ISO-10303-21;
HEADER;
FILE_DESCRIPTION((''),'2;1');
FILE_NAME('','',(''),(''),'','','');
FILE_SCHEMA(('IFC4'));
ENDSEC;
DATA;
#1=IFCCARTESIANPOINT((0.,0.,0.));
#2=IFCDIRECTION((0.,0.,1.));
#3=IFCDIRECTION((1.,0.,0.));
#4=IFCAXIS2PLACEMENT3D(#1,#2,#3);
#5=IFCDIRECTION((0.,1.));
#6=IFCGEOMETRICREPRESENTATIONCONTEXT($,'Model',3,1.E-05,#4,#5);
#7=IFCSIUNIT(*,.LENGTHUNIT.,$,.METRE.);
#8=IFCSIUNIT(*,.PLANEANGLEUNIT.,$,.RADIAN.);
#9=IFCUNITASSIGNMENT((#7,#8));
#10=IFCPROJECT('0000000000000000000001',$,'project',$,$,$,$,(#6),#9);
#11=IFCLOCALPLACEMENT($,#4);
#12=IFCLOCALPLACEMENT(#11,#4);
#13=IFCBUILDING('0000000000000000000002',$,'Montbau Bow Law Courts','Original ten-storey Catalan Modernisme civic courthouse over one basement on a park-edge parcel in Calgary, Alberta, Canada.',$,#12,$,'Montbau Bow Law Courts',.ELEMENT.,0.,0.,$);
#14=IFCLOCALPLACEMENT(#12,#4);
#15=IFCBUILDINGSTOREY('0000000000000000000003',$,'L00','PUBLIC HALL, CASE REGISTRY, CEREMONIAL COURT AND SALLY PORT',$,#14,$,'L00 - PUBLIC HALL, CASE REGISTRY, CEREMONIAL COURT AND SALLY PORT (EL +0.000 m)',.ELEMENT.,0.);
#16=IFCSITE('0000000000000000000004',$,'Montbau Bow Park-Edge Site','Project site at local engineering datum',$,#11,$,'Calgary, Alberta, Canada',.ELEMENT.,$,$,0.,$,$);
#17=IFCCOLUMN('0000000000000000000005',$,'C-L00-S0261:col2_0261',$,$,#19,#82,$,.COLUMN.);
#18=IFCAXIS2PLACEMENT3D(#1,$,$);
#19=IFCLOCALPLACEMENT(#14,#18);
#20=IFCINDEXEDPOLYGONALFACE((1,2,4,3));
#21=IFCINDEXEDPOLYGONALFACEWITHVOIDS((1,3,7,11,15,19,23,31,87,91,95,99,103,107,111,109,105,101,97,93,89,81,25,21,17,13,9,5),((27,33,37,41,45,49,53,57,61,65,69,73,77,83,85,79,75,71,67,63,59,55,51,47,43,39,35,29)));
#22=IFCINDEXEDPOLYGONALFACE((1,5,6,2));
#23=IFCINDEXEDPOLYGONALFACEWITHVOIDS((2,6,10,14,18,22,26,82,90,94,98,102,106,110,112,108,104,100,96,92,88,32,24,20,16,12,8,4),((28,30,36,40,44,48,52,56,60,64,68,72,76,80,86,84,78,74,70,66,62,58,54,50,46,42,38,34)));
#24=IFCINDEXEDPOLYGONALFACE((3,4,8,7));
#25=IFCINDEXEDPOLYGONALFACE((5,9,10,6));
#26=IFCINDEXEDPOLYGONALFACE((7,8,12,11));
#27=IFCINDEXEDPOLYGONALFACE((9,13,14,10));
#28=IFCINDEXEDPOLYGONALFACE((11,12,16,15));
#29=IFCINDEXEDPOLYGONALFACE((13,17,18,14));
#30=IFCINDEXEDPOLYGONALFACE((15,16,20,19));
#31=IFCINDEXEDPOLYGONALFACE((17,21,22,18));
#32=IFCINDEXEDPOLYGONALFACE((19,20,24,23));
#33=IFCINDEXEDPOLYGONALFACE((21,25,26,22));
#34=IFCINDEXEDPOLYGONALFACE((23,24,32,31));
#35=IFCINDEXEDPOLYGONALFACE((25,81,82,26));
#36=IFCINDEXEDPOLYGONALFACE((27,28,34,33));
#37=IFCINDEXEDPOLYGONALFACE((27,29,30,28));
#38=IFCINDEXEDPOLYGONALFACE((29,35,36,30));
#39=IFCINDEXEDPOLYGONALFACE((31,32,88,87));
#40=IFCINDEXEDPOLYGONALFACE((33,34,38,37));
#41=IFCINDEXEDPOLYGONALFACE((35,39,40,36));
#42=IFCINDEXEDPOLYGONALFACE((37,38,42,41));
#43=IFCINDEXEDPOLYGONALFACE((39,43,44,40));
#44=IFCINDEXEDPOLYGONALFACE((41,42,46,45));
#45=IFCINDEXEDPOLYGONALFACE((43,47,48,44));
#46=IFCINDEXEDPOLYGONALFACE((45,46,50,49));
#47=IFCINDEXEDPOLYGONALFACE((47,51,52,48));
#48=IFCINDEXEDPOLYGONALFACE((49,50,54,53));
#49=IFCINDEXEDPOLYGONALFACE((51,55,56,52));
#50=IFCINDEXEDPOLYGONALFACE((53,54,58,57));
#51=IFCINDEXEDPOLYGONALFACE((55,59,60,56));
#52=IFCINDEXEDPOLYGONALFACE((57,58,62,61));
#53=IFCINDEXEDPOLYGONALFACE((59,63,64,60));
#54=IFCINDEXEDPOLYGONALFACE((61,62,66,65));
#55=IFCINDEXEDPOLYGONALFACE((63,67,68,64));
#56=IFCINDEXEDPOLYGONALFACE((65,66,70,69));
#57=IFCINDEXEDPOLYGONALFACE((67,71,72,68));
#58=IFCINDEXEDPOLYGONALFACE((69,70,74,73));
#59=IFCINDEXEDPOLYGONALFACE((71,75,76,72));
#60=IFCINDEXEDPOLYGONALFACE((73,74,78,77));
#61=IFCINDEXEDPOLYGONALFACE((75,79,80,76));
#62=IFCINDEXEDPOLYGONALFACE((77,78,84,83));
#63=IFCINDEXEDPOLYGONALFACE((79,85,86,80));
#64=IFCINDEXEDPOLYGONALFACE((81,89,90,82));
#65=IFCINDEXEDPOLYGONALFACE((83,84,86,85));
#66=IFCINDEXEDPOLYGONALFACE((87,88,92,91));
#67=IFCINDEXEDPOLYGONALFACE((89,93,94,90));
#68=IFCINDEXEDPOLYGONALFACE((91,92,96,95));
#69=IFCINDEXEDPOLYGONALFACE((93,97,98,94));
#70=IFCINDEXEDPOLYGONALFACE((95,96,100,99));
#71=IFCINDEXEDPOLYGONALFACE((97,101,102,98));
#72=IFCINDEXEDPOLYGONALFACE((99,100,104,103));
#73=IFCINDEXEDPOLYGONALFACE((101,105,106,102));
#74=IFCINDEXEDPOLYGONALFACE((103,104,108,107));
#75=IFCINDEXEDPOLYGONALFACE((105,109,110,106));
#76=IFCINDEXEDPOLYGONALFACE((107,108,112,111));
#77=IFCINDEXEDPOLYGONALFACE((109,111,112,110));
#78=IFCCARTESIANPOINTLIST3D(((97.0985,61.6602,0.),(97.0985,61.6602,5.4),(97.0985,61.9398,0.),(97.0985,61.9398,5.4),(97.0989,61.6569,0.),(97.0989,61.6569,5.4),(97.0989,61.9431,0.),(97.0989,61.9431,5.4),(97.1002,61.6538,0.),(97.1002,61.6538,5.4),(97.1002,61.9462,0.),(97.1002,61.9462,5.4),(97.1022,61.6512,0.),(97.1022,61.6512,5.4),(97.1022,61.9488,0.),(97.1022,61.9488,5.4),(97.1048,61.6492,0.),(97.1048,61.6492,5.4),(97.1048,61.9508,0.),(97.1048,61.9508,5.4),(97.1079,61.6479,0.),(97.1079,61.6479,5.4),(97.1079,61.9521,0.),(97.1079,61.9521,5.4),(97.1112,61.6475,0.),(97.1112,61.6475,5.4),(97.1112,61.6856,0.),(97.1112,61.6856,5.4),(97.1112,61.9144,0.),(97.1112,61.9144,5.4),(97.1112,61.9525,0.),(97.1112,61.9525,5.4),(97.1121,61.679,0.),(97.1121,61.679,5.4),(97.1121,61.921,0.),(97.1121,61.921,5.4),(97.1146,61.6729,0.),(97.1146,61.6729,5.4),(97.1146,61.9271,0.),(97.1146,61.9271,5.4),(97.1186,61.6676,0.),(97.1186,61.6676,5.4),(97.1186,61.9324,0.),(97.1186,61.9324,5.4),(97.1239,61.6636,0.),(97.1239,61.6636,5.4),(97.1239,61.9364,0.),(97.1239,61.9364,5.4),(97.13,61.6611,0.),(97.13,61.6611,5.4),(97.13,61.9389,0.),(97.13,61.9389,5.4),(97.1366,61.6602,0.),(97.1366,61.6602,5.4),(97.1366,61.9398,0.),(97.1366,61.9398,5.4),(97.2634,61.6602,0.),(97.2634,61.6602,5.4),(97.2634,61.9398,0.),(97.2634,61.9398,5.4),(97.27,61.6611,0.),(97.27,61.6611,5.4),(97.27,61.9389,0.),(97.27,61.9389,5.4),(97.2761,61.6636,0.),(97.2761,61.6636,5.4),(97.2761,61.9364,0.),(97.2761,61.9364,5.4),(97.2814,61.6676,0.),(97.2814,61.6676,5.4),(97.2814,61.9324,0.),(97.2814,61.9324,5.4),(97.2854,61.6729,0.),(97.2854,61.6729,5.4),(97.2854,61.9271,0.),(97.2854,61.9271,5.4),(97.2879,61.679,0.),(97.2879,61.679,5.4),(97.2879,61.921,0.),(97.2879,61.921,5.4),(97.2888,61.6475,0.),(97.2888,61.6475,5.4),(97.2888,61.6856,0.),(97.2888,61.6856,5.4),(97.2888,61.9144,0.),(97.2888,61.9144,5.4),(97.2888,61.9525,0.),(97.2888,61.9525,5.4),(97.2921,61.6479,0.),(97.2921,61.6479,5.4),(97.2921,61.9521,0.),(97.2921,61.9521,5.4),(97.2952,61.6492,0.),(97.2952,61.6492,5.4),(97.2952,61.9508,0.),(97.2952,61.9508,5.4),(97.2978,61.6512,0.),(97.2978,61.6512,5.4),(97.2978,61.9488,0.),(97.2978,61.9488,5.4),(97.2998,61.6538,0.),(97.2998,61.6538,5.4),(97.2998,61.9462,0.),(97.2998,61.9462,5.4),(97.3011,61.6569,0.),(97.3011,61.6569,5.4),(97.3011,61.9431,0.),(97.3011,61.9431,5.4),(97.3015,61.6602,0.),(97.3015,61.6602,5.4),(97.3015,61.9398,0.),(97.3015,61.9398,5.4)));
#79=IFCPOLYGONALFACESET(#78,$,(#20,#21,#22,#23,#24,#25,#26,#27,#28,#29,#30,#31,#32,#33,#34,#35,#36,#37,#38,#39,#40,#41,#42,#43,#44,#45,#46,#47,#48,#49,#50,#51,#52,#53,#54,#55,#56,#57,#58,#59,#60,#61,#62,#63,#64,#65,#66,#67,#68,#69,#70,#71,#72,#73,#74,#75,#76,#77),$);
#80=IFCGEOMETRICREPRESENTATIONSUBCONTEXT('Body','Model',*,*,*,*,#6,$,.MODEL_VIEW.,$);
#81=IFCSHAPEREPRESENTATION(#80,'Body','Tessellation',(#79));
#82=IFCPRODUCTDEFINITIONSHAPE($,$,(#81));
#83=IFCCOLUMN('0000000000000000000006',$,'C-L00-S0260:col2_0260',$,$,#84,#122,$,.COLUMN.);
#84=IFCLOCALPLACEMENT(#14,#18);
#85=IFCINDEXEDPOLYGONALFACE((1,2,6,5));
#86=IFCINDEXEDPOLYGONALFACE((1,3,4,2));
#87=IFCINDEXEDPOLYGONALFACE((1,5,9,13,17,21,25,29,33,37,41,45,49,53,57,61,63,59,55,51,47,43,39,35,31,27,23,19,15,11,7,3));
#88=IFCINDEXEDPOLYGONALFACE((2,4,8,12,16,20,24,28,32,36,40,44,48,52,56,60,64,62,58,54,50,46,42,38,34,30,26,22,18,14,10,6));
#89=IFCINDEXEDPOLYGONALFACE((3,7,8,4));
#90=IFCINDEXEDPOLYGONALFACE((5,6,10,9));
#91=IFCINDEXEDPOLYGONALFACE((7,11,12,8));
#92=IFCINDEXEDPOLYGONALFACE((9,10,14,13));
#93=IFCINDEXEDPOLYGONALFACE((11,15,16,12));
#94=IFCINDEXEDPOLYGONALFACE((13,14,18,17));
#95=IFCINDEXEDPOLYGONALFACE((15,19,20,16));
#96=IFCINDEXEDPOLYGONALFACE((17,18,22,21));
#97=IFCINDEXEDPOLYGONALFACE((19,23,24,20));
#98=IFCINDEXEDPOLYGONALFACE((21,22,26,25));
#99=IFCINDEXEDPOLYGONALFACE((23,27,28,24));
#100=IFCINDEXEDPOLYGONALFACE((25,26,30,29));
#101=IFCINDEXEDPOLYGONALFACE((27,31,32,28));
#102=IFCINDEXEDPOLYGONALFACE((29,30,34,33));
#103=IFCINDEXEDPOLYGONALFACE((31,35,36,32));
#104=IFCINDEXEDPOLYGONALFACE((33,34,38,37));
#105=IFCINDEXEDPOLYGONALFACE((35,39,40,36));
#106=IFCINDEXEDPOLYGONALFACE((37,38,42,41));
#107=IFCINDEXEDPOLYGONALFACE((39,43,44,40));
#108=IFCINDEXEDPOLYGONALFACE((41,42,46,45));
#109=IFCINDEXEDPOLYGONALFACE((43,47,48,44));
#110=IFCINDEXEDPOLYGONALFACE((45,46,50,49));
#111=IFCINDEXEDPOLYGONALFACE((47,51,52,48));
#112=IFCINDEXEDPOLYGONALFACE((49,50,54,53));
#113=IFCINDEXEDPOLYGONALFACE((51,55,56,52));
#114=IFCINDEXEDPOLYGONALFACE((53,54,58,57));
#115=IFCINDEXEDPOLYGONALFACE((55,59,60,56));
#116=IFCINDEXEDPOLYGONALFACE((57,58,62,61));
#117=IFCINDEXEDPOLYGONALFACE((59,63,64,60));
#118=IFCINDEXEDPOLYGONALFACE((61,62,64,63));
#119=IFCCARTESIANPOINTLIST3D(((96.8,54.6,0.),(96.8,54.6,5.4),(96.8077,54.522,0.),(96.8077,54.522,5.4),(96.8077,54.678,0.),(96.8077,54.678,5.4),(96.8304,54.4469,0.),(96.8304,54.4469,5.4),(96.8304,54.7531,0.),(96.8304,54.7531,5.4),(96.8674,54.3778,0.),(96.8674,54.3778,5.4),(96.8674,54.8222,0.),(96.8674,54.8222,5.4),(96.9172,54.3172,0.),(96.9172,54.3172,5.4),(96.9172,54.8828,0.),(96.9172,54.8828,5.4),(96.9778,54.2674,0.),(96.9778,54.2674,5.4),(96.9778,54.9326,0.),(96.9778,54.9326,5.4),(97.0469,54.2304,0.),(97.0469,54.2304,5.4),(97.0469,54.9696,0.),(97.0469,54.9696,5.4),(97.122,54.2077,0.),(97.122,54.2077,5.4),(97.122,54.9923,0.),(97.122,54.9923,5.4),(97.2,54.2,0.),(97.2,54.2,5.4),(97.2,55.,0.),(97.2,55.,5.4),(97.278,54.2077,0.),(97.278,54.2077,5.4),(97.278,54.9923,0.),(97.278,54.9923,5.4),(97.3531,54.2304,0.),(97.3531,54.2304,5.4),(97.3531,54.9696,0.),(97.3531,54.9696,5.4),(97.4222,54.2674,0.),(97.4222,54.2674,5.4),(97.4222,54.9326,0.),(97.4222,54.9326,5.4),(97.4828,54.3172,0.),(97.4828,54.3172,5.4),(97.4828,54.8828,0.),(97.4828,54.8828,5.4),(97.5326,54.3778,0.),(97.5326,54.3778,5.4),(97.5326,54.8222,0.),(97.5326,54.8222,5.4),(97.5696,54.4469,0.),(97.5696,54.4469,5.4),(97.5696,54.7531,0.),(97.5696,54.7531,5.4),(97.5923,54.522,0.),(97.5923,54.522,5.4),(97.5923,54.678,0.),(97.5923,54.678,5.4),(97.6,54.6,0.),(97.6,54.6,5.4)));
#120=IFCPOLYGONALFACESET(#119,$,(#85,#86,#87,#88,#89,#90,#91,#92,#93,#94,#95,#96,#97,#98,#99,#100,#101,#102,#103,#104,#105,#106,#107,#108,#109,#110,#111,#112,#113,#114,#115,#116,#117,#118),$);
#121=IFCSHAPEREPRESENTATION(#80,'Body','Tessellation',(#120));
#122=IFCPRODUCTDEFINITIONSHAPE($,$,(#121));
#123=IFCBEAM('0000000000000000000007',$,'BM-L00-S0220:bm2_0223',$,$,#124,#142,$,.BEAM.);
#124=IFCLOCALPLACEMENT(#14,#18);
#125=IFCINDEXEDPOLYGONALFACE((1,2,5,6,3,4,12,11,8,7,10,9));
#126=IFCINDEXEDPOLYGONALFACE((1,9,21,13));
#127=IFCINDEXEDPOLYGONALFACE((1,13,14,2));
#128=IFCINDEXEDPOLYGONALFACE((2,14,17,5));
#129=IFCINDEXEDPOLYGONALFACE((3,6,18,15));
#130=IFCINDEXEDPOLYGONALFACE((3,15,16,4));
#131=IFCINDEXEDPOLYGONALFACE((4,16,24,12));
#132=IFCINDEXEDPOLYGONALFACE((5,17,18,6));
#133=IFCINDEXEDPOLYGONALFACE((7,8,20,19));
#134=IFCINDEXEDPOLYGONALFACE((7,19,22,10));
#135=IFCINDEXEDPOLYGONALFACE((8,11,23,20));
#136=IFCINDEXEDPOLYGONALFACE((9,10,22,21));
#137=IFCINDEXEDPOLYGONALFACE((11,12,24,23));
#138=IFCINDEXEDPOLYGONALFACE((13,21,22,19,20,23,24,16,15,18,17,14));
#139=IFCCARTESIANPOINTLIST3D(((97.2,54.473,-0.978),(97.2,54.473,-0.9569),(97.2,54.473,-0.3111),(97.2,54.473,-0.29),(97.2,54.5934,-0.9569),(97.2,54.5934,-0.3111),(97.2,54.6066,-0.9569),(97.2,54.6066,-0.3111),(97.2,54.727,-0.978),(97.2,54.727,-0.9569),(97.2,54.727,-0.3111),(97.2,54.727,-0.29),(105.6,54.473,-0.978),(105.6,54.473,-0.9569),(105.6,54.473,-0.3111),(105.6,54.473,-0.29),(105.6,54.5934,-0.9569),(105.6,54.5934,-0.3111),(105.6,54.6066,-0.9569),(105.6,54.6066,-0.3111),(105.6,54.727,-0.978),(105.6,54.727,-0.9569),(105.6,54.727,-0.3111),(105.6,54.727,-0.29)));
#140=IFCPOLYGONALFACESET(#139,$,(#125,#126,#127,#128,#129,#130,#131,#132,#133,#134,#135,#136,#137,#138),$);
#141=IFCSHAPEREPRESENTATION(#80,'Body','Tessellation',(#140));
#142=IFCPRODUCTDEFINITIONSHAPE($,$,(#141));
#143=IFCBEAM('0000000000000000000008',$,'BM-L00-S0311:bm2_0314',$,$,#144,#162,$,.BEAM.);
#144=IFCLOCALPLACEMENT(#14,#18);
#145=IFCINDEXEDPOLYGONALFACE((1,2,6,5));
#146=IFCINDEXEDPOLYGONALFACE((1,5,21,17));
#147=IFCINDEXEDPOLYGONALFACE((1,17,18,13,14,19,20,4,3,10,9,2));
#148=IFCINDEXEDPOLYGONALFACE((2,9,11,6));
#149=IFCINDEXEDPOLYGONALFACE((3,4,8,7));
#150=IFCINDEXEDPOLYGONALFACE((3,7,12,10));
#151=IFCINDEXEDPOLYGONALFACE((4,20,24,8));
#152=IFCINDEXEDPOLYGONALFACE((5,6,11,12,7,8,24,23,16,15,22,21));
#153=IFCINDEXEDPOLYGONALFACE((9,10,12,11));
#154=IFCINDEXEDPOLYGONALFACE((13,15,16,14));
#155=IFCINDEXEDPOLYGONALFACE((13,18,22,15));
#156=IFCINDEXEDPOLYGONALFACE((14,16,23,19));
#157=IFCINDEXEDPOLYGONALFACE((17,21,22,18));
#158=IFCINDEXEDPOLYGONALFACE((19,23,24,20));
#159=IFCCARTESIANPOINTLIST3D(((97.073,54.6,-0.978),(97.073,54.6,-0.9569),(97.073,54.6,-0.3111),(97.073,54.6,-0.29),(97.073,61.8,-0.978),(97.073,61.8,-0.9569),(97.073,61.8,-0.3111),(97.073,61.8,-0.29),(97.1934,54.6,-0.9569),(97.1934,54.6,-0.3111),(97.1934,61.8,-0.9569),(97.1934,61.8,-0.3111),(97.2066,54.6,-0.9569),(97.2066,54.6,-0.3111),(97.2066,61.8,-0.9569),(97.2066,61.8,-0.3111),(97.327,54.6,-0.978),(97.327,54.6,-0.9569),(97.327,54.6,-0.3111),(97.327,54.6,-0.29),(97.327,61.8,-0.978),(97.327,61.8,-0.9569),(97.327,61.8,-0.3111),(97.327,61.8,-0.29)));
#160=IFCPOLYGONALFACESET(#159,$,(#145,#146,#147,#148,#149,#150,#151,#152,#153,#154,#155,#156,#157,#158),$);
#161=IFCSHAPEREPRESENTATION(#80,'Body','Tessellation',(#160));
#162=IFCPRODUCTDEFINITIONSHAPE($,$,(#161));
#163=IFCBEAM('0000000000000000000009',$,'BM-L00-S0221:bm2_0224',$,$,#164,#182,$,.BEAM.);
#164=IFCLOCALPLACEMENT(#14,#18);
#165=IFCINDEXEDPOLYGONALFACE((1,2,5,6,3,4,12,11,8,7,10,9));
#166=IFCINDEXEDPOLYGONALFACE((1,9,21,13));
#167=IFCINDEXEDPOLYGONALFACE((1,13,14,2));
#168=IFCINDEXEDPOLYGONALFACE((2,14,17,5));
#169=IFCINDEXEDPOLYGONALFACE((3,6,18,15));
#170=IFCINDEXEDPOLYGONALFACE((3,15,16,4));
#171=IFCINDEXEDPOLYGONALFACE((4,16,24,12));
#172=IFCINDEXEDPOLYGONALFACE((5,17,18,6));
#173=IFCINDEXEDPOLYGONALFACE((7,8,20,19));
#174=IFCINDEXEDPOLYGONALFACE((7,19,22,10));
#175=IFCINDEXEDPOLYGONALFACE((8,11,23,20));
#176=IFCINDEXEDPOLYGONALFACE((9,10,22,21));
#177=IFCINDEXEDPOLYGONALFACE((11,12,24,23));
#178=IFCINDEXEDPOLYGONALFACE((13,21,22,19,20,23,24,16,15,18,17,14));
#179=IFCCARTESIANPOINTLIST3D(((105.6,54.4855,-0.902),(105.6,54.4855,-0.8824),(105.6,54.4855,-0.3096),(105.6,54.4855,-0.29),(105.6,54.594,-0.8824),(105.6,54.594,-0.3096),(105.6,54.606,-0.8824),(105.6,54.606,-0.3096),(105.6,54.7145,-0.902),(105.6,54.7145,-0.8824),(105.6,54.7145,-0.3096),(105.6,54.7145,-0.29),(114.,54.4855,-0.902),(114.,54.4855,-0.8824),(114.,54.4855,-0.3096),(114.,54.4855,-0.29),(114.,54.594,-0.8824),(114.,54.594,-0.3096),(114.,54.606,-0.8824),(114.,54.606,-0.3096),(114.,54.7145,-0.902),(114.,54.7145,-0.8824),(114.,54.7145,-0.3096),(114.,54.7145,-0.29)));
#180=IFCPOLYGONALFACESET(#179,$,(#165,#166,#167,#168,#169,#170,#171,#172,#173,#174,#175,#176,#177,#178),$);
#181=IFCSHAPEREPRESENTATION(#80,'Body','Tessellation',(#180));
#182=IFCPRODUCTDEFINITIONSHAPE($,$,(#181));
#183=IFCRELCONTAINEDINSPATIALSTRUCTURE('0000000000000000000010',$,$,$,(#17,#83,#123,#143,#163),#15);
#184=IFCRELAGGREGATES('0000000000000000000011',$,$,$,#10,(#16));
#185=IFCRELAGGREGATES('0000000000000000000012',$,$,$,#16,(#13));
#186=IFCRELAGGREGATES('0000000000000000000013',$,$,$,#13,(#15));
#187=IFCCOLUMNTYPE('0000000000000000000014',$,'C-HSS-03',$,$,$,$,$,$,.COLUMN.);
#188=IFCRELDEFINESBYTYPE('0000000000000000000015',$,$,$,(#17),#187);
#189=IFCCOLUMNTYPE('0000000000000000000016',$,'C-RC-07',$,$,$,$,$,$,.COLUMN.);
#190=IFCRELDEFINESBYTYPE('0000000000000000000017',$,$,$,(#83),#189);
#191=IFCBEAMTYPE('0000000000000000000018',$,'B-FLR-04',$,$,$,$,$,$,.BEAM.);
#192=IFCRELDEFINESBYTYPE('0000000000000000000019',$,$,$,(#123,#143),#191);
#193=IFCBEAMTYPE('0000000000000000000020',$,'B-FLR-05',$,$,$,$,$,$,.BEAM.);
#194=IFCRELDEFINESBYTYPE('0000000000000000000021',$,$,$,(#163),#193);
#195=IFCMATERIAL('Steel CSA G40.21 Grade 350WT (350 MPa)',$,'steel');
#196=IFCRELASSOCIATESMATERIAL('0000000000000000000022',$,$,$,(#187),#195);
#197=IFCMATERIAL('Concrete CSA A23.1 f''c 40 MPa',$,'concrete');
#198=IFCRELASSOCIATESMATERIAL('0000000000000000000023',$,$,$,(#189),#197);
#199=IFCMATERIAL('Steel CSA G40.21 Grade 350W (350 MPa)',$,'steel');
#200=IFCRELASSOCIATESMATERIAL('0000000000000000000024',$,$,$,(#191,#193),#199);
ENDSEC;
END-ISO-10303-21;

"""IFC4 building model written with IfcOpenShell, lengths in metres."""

from ifc_helpers import new_model, si_unit, direction, frame, origin_with_axes, origin_2d_with_axis, place, context, subcontext, project, spatial, hollow_rectangle, circle, i_section, extrude, material, material_profile, profile_set, type_object, element, save


model = new_model("IFC4")

# Units and contexts
model_context = context("Model", 3, precision=1e-05, world=origin_with_axes(), true_north=direction((0.0, 1.0)))
body_context = subcontext(model_context, "Body", "Model", "MODEL_VIEW")
ifc_project = project(units=[si_unit("LENGTHUNIT", "METRE"), si_unit("PLANEANGLEUNIT", "RADIAN")], contexts=[model_context])

# Site, building, storey
site_placement = place(None, origin_with_axes())
site = spatial("IfcSite", under=ifc_project, at=site_placement, Name="Montbau Bow Park-Edge Site", Description="Project site at local engineering datum", LongName="Calgary, Alberta, Canada", CompositionType="ELEMENT", RefElevation=0.0)
building_placement = place(site_placement, origin_with_axes())
building = spatial("IfcBuilding", under=site, at=building_placement, Name="Montbau Bow Law Courts", Description="Original ten-storey Catalan Modernisme civic courthouse over one basement on a park-edge parcel in Calgary, Alberta, Canada.", LongName="Montbau Bow Law Courts", CompositionType="ELEMENT", ElevationOfRefHeight=0.0, ElevationOfTerrain=0.0)
storey_placement = place(building_placement, origin_with_axes())
storey = spatial("IfcBuildingStorey", under=building, at=storey_placement, Name="L00", Description="PUBLIC HALL, CASE REGISTRY, CEREMONIAL COURT AND SALLY PORT", LongName="L00 - PUBLIC HALL, CASE REGISTRY, CEREMONIAL COURT AND SALLY PORT (EL +0.000 m)", CompositionType="ELEMENT", Elevation=0.0)

# Columns
ifc_material_1 = material(Name="Steel CSA G40.21 Grade 350WT (350 MPa)", Category="steel")
ifc_material_profile_1 = material_profile(ifc_material_1, hollow_rectangle(XDim=0.203, YDim=0.305, WallThickness=0.0127, InnerFilletRadius=0.0254, OuterFilletRadius=0.0127, at=origin_2d_with_axis()), Name="HSS305X203X13", Category="Main", Priority=0)
ifc_profile_set_1 = profile_set([ifc_material_profile_1], Name="Steel CSA G40.21 Grade 350WT (350 MPa)")
column_type_1 = type_object("IfcColumnType", Name="C-HSS-03", PredefinedType="COLUMN", material=ifc_profile_set_1)
column_1_placement = place(None, frame((97.2, 61.8, 0.0), z_axis=(0.0, 0.0, 1.0), x_axis=(1.0, 0.0, 0.0)))
element("IfcColumn", 1, at=column_1_placement, inside=storey, type_object=column_type_1, Name="C-L00-S0261:col2_0261", PredefinedType="COLUMN", context=body_context, shape_type="SweptSolid", body=[
    extrude(hollow_rectangle(XDim=0.203, YDim=0.305, WallThickness=0.0127, InnerFilletRadius=0.0254, OuterFilletRadius=0.0127, at=origin_2d_with_axis()), origin_with_axes(), (0.0, 0.0, 1.0), 5.4),
])
ifc_material_2 = material(Name="Concrete CSA A23.1 f'c 40 MPa", Category="concrete")
ifc_material_profile_2 = material_profile(ifc_material_2, circle(Radius=0.4, at=origin_2d_with_axis()), Name="RC800D", Category="Main", Priority=0)
ifc_profile_set_2 = profile_set([ifc_material_profile_2], Name="Concrete CSA A23.1 f'c 40 MPa")
column_type_2 = type_object("IfcColumnType", Name="C-RC-07", PredefinedType="COLUMN", material=ifc_profile_set_2)
column_2_placement = place(None, frame((97.2, 54.6, 0.0), z_axis=(0.0, 0.0, 1.0), x_axis=(1.0, 0.0, 0.0)))
element("IfcColumn", 2, at=column_2_placement, inside=storey, type_object=column_type_2, Name="C-L00-S0260:col2_0260", PredefinedType="COLUMN", context=body_context, shape_type="SweptSolid", body=[
    extrude(circle(Radius=0.4, at=origin_2d_with_axis()), origin_with_axes(), (0.0, 0.0, 1.0), 5.4),
])

# Beams
ifc_material_3 = material(Name="Steel CSA G40.21 Grade 350W (350 MPa)", Category="steel")
ifc_material_profile_3 = material_profile(ifc_material_3, i_section(OverallWidth=0.254, OverallDepth=0.688, WebThickness=0.0131, FlangeThickness=0.0211, at=origin_2d_with_axis()), Name="W690X152", Category="Main", Priority=0)
ifc_profile_set_3 = profile_set([ifc_material_profile_3], Name="Steel CSA G40.21 Grade 350W (350 MPa)")
beam_type_1 = type_object("IfcBeamType", Name="B-FLR-04", PredefinedType="BEAM", material=ifc_profile_set_3)
beam_1_placement = place(None, frame((97.2, 54.6, -0.634), z_axis=(1.0, 0.0, 0.0), x_axis=(0.0, 1.0, 0.0)))
element("IfcBeam", 3, at=beam_1_placement, inside=storey, type_object=beam_type_1, Name="BM-L00-S0220:bm2_0223", PredefinedType="BEAM", context=body_context, shape_type="SweptSolid", body=[
    extrude(i_section(OverallWidth=0.254, OverallDepth=0.688, WebThickness=0.0131, FlangeThickness=0.0211, at=origin_2d_with_axis()), origin_with_axes(), (0.0, 0.0, 1.0), 8.4),
])
beam_2_placement = place(None, frame((97.2, 54.6, -0.634), z_axis=(0.0, 1.0, 0.0), x_axis=(-1.0, 0.0, 0.0)))
element("IfcBeam", 4, at=beam_2_placement, inside=storey, type_object=beam_type_1, Name="BM-L00-S0311:bm2_0314", PredefinedType="BEAM", context=body_context, shape_type="SweptSolid", body=[
    extrude(i_section(OverallWidth=0.254, OverallDepth=0.688, WebThickness=0.0131, FlangeThickness=0.0211, at=origin_2d_with_axis()), origin_with_axes(), (0.0, 0.0, 1.0), 7.2),
])
ifc_material_profile_4 = material_profile(ifc_material_3, i_section(OverallWidth=0.229, OverallDepth=0.612, WebThickness=0.0119, FlangeThickness=0.0196, at=origin_2d_with_axis()), Name="W610X125", Category="Main", Priority=0)
ifc_profile_set_4 = profile_set([ifc_material_profile_4], Name="Steel CSA G40.21 Grade 350W (350 MPa)")
beam_type_2 = type_object("IfcBeamType", Name="B-FLR-05", PredefinedType="BEAM", material=ifc_profile_set_4)
beam_3_placement = place(None, frame((105.6, 54.6, -0.596), z_axis=(1.0, 0.0, 0.0), x_axis=(0.0, 1.0, 0.0)))
element("IfcBeam", 5, at=beam_3_placement, inside=storey, type_object=beam_type_2, Name="BM-L00-S0221:bm2_0224", PredefinedType="BEAM", context=body_context, shape_type="SweptSolid", body=[
    extrude(i_section(OverallWidth=0.229, OverallDepth=0.612, WebThickness=0.0119, FlangeThickness=0.0196, at=origin_2d_with_axis()), origin_with_axes(), (0.0, 0.0, 1.0), 8.4),
])

save(model, "model.ifc")
